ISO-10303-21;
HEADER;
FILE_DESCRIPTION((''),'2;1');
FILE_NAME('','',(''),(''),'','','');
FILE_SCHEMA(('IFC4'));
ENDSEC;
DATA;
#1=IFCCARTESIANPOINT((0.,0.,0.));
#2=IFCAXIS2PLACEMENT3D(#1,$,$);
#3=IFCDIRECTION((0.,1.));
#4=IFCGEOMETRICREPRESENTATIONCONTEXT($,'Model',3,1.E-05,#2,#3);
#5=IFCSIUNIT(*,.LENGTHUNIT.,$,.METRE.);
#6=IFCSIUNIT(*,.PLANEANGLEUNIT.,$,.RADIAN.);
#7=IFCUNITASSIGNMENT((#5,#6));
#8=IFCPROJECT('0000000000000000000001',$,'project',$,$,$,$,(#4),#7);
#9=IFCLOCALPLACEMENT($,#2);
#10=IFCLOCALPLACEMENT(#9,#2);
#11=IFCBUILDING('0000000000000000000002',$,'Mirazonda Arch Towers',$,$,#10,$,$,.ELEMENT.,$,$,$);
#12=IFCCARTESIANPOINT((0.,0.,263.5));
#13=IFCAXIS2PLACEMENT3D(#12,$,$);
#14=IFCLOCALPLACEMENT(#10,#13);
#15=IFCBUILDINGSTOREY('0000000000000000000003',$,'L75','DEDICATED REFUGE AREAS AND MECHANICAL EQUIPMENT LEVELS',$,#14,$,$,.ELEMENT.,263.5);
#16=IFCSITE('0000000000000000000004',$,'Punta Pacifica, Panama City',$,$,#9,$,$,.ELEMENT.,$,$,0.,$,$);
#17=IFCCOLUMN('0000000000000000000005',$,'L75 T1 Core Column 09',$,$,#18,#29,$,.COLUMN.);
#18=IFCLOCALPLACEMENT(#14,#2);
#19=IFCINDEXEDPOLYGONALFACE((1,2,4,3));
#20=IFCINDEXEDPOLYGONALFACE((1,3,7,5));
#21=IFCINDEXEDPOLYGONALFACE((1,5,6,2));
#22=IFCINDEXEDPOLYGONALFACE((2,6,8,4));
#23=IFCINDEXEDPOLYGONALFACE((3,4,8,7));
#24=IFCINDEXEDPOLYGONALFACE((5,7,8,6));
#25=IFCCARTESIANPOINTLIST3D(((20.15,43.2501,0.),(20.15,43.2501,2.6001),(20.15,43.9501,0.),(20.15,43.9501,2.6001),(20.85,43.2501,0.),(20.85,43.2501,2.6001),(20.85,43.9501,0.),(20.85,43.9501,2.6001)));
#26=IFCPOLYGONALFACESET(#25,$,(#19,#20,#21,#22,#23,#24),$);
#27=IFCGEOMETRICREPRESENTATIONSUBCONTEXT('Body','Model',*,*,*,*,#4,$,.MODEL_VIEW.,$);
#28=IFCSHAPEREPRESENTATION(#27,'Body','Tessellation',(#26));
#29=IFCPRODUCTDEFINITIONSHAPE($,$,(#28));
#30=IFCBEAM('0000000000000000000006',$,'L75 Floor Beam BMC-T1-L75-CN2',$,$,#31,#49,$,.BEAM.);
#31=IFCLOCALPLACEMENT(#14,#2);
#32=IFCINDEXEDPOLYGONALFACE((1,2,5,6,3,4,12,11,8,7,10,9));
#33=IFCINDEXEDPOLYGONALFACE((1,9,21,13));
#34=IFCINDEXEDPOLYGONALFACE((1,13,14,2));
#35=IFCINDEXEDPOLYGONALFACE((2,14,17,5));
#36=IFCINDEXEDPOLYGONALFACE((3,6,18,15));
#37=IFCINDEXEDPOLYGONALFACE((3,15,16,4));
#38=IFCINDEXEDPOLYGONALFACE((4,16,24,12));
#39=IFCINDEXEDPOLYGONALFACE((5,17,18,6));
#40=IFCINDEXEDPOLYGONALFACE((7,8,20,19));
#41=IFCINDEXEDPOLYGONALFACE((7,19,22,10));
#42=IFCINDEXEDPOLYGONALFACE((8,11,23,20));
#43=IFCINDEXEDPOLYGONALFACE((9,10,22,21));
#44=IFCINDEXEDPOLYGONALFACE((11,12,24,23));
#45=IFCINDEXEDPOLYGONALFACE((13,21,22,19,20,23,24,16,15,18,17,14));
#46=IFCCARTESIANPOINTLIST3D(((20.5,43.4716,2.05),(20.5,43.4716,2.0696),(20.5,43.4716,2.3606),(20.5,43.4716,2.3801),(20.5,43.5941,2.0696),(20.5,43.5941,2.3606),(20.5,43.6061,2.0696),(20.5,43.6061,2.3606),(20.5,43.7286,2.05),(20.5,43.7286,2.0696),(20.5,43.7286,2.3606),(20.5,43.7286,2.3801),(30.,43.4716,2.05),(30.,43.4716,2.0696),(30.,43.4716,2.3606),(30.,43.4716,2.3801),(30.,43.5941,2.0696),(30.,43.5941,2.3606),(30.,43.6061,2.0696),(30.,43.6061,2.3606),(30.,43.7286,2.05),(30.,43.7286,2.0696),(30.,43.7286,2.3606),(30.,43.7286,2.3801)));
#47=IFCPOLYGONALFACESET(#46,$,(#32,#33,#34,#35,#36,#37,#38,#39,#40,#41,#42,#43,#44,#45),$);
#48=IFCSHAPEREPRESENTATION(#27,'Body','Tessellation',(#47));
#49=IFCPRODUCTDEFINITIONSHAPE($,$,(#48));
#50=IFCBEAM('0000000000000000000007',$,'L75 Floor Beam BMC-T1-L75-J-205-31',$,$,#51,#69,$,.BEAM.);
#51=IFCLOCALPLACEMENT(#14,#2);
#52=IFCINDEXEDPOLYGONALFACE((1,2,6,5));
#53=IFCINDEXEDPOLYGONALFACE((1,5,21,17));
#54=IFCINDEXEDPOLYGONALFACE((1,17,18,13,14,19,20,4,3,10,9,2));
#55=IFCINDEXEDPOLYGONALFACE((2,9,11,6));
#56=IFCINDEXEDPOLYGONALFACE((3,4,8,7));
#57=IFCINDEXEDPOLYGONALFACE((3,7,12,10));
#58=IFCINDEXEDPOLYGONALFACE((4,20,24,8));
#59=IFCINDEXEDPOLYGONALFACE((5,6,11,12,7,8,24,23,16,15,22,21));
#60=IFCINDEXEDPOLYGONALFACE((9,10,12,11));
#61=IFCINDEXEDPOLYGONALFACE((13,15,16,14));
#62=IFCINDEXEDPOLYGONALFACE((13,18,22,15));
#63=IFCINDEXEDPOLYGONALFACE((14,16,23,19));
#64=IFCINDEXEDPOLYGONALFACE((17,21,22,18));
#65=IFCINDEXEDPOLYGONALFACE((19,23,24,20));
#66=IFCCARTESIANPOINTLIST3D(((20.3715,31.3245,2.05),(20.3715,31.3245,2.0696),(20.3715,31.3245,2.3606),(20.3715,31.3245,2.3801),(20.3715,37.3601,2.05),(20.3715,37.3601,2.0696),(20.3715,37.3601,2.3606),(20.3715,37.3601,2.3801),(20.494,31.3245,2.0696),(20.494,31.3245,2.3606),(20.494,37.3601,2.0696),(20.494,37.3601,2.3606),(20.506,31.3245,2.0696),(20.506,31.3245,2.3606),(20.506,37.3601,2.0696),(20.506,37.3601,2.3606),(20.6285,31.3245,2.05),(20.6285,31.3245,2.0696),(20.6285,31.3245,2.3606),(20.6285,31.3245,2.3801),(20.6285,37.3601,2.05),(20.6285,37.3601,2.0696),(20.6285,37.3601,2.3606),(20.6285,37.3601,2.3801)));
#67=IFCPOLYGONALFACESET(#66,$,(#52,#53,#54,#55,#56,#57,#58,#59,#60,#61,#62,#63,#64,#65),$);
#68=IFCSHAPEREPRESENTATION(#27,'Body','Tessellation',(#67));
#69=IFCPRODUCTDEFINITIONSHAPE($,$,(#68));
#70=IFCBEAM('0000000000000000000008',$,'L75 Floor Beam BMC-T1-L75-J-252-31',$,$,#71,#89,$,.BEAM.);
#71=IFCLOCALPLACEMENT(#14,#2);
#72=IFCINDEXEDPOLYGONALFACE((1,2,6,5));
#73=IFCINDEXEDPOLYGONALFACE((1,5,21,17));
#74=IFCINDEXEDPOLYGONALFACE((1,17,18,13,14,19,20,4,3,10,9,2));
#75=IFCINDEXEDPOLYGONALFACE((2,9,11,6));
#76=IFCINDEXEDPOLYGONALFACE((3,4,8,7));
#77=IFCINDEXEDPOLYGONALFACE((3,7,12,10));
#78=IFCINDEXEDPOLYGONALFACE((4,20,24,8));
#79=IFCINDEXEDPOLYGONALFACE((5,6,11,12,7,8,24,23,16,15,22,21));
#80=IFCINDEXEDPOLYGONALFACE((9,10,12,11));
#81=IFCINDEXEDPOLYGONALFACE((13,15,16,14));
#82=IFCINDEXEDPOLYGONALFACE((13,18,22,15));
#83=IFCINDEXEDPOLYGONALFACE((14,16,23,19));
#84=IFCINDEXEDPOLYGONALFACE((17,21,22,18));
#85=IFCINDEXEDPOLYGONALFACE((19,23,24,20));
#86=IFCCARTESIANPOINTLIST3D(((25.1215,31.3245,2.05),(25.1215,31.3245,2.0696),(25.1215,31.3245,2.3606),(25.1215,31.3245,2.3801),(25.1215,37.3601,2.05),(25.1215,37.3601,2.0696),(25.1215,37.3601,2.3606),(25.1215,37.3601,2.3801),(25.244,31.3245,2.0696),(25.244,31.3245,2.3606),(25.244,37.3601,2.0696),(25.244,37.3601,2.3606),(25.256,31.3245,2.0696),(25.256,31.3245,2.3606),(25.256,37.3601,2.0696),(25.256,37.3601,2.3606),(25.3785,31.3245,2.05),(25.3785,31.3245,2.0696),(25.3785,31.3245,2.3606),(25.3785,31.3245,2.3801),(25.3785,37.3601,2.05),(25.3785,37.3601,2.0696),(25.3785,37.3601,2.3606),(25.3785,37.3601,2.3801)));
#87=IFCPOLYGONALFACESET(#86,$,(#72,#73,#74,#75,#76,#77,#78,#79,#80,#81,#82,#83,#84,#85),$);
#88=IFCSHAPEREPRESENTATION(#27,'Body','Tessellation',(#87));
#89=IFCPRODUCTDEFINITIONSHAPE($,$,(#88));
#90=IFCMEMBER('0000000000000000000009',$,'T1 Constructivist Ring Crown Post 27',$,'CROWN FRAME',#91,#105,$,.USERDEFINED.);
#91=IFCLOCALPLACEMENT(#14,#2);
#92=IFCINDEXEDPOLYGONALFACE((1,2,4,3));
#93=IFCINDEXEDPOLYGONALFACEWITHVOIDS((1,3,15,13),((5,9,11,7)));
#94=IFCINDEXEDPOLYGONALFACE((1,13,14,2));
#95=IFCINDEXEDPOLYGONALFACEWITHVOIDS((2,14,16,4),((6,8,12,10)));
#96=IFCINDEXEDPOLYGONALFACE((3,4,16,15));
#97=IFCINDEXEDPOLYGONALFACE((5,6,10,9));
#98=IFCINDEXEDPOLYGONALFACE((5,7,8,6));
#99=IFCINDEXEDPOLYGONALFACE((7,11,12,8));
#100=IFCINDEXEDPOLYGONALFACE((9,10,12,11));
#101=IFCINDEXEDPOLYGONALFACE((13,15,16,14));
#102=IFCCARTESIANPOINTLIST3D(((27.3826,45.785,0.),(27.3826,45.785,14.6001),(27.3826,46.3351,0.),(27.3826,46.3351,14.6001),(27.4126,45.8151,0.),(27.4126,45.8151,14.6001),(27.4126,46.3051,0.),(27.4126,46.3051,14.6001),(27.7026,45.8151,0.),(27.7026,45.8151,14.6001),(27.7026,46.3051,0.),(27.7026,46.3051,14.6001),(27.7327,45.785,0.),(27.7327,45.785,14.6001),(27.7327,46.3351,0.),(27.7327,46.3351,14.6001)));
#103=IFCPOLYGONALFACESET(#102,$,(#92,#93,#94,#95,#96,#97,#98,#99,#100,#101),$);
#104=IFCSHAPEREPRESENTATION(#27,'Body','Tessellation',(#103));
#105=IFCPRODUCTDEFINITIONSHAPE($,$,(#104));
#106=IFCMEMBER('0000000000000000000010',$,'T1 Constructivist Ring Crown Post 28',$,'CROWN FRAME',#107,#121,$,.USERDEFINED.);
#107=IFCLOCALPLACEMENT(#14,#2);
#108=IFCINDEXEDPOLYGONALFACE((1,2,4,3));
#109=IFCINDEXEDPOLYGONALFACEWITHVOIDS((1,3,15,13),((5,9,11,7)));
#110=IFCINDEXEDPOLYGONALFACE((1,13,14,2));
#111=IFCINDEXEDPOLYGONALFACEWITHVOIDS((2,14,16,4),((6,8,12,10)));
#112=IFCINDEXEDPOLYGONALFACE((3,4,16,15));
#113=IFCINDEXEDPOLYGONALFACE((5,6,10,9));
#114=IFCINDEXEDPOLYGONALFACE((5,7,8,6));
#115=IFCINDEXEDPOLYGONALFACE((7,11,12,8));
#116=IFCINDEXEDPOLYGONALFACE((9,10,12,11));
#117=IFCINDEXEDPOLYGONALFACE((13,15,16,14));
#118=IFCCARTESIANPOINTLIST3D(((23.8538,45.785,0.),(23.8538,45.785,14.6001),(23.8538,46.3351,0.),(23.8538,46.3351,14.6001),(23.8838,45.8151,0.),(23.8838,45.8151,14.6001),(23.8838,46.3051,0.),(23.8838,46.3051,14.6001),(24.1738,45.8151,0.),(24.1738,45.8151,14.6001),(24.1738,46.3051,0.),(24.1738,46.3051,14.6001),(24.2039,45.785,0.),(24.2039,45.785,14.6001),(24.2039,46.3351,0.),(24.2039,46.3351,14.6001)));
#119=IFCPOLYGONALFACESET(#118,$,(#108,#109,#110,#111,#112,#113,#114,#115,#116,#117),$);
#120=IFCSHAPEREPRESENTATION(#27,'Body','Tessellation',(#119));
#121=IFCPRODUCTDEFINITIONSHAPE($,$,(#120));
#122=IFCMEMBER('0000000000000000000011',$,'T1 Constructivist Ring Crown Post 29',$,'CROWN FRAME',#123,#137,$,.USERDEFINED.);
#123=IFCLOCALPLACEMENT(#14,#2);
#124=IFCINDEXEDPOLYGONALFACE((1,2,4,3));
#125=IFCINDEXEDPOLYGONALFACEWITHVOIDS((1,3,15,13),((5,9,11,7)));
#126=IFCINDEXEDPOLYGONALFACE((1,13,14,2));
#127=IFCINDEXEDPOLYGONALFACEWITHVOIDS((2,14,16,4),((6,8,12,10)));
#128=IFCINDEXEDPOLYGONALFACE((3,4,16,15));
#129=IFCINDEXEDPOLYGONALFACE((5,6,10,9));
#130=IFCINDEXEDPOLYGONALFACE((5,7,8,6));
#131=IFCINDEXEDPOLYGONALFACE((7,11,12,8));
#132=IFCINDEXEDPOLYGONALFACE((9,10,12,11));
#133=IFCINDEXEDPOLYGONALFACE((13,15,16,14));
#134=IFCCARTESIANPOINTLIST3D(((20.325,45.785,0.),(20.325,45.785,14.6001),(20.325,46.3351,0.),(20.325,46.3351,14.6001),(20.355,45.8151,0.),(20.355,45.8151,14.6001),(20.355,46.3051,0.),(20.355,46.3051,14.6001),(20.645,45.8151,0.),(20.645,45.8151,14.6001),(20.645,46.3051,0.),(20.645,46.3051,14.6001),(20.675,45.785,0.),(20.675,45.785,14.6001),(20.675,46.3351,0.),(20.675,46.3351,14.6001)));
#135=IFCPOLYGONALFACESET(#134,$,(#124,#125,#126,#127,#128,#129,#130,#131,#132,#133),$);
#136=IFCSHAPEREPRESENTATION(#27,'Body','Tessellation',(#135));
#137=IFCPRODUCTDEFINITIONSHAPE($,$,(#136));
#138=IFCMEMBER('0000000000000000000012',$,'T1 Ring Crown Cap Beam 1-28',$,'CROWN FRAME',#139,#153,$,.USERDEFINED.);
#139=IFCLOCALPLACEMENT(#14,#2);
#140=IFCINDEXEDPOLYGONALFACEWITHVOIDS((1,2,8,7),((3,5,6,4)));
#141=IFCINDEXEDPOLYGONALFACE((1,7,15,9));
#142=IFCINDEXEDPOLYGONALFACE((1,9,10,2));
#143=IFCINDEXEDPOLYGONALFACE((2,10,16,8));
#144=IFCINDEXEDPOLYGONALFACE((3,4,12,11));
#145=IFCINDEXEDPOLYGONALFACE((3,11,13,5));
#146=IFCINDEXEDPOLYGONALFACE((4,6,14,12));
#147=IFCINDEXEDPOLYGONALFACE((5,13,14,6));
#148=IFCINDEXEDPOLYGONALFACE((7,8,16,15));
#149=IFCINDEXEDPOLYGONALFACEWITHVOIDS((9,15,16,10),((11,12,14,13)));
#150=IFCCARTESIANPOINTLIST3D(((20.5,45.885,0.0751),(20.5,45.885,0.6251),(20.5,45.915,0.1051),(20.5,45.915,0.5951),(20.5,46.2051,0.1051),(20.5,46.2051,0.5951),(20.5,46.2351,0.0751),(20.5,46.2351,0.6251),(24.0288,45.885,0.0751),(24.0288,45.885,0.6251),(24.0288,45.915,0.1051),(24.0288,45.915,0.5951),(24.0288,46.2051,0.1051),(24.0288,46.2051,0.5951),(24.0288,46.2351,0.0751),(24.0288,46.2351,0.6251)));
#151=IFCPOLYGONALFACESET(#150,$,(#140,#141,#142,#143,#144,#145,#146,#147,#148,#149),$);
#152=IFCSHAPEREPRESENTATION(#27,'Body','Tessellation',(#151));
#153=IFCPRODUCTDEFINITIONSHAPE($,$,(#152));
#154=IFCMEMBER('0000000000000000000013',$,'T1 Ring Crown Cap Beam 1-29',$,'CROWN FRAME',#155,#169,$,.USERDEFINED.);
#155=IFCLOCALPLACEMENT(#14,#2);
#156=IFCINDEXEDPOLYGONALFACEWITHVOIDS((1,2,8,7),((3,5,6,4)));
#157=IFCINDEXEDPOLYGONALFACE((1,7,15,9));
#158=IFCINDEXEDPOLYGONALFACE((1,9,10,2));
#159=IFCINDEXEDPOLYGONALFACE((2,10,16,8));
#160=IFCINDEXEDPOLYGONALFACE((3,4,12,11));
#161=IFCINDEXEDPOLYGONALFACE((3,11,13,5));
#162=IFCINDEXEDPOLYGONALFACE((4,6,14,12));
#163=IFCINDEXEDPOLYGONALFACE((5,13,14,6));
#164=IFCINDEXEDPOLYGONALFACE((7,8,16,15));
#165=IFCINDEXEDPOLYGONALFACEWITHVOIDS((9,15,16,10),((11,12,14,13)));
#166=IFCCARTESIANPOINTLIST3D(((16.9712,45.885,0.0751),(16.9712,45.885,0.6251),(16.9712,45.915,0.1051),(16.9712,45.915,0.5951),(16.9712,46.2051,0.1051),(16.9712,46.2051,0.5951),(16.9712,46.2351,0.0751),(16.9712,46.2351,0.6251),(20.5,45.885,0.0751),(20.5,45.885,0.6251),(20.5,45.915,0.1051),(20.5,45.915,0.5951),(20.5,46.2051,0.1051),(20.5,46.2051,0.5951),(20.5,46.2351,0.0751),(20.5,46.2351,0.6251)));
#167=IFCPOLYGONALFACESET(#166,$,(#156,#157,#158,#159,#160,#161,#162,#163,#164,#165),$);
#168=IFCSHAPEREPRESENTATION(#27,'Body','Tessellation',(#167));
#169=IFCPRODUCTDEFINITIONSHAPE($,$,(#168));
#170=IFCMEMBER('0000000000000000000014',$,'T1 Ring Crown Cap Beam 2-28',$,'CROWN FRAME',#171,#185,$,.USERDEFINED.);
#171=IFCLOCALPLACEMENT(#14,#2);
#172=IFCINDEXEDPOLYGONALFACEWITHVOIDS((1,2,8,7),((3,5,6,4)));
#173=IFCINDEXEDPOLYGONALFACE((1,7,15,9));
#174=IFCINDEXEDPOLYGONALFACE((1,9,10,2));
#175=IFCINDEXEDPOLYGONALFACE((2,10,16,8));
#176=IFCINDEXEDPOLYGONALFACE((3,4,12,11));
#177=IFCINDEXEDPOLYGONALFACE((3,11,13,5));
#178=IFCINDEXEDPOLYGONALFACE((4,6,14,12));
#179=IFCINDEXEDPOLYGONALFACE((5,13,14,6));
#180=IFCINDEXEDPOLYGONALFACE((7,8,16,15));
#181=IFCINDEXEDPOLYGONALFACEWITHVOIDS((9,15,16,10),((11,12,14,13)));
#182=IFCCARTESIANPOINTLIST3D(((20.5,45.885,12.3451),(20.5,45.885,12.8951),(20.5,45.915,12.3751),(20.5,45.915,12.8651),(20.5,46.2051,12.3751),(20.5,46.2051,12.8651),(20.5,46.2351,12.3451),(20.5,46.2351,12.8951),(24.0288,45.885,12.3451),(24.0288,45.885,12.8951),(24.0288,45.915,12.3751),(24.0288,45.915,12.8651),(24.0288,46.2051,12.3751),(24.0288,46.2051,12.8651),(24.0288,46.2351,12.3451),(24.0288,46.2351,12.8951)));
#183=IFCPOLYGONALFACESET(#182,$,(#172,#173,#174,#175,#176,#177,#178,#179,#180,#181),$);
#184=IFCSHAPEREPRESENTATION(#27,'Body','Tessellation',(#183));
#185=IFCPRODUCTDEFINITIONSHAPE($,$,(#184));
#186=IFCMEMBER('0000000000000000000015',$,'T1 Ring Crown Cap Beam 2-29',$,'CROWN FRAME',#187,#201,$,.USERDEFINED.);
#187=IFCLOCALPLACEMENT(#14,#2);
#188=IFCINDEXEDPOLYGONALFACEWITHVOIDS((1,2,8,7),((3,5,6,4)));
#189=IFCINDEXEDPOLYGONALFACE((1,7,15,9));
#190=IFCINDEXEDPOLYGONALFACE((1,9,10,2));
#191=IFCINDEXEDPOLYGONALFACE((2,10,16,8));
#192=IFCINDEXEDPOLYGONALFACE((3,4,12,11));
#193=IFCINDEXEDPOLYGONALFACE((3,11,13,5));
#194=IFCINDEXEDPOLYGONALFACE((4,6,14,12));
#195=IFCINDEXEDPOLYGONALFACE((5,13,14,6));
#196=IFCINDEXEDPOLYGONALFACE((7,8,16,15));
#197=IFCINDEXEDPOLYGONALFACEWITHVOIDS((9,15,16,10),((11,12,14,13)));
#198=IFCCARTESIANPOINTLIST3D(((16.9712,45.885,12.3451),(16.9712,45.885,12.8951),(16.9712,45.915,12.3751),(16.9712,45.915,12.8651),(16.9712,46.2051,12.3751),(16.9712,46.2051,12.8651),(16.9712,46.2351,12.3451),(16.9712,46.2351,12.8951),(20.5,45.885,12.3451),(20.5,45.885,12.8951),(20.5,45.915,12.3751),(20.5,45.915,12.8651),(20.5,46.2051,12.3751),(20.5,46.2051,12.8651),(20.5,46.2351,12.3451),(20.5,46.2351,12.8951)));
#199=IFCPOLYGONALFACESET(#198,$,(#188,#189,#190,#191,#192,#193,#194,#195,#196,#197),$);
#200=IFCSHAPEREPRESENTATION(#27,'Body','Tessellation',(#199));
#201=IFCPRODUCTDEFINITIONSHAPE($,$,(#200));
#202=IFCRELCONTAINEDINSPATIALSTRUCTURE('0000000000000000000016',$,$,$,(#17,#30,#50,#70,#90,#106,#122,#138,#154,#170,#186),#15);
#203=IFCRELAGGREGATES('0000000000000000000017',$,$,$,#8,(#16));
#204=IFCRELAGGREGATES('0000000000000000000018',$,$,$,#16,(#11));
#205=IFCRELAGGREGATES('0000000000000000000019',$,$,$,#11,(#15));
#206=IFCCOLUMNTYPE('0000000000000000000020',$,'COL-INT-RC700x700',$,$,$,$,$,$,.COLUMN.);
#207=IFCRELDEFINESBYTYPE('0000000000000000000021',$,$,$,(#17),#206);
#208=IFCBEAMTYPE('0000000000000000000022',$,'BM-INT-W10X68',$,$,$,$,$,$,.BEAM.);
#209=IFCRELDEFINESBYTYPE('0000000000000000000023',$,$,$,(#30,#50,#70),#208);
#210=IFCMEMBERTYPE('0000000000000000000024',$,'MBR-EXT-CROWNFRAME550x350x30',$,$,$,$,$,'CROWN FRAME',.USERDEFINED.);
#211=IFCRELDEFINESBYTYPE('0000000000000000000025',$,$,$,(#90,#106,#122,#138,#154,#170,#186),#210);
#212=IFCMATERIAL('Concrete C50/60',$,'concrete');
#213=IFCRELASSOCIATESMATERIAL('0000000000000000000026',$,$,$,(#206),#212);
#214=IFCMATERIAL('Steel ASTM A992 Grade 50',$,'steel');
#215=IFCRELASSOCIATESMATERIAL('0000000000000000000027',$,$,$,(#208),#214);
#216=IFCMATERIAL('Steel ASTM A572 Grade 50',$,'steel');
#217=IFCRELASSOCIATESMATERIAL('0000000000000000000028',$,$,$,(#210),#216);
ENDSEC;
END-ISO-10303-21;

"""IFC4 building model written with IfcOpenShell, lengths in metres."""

from ifc_helpers import new_model, si_unit, direction, frame, origin, origin_2d, place, context, subcontext, project, spatial, rectangle, hollow_rectangle, i_section, extrude, material, material_profile, profile_set, type_object, element, save


model = new_model("IFC4")

# Units and contexts
model_context = context("Model", 3, precision=1e-05, world=origin(), true_north=direction((0.0, 1.0)))
body_context = subcontext(model_context, "Body", "Model", "MODEL_VIEW")
ifc_project = project(units=[si_unit("LENGTHUNIT", "METRE"), si_unit("PLANEANGLEUNIT", "RADIAN")], contexts=[model_context])

# Site, building, storey
site_placement = place(None, origin())
site = spatial("IfcSite", under=ifc_project, at=site_placement, Name="Punta Pacifica, Panama City", CompositionType="ELEMENT", RefElevation=0.0)
building_placement = place(site_placement, origin())
building = spatial("IfcBuilding", under=site, at=building_placement, Name="Mirazonda Arch Towers", CompositionType="ELEMENT")
storey_placement = place(building_placement, frame((0.0, 0.0, 263.5)))
storey = spatial("IfcBuildingStorey", under=building, at=storey_placement, Name="L75", Description="DEDICATED REFUGE AREAS AND MECHANICAL EQUIPMENT LEVELS", CompositionType="ELEMENT", Elevation=263.5)

# Column
ifc_material_1 = material(Name="Concrete C50/60", Category="concrete")
ifc_material_profile_1 = material_profile(ifc_material_1, rectangle(XDim=0.7, YDim=0.7, at=origin_2d()), Name="RC700x700")
ifc_profile_set_1 = profile_set([ifc_material_profile_1], Name="Concrete C50/60")
column_type = type_object("IfcColumnType", Name="COL-INT-RC700x700", PredefinedType="COLUMN", material=ifc_profile_set_1)
column_placement = place(storey_placement, frame((20.5, 43.6001, 0.0), z_axis=(0.0, 0.0, 1.0), x_axis=(1.0, 0.0, 0.0)))
element("IfcColumn", 1, at=column_placement, inside=storey, type_object=column_type, Name="L75 T1 Core Column 09", PredefinedType="COLUMN", context=body_context, shape_type="SweptSolid", body=[
    extrude(rectangle(XDim=0.7, YDim=0.7, at=origin_2d()), origin(), (0.0, 0.0, 1.0), 2.6001),
])

# Beams
ifc_material_2 = material(Name="Steel ASTM A992 Grade 50", Category="steel")
ifc_material_profile_2 = material_profile(ifc_material_2, i_section(OverallWidth=0.2571, OverallDepth=0.3301, WebThickness=0.012, FlangeThickness=0.0195, at=origin_2d()), Name="W10X68")
ifc_profile_set_2 = profile_set([ifc_material_profile_2], Name="Steel ASTM A992 Grade 50")
beam_type = type_object("IfcBeamType", Name="BM-INT-W10X68", PredefinedType="BEAM", material=ifc_profile_set_2)
beam_placement = place(storey_placement, frame((20.5, 43.6001, 2.2151), z_axis=(1.0, 0.0, 0.0), x_axis=(0.0, 1.0, 0.0)))
element("IfcBeam", 2, at=beam_placement, inside=storey, type_object=beam_type, Name="L75 Floor Beam BMC-T1-L75-CN2", PredefinedType="BEAM", context=body_context, shape_type="SweptSolid", body=[
    extrude(i_section(OverallWidth=0.2571, OverallDepth=0.3301, WebThickness=0.012, FlangeThickness=0.0195, at=origin_2d()), origin(), (0.0, 0.0, 1.0), 9.5),
])
for number, where, z_axis, x_axis, name in (
    (3, (20.5, 31.3245, 2.2151), (0.0, 1.0, 0.0), (-1.0, 0.0, 0.0), "L75 Floor Beam BMC-T1-L75-J-205-31"),
    (4, (25.25, 31.3245, 2.2151), (0.0, 1.0, 0.0), (-1.0, 0.0, 0.0), "L75 Floor Beam BMC-T1-L75-J-252-31"),
):
    element("IfcBeam", number, at=place(storey_placement, frame(where, z_axis=z_axis, x_axis=x_axis)), inside=storey, type_object=beam_type, Name=name, PredefinedType="BEAM", context=body_context, shape_type="SweptSolid", body=[
        extrude(i_section(OverallWidth=0.2571, OverallDepth=0.3301, WebThickness=0.012, FlangeThickness=0.0195, at=origin_2d()), origin(), (0.0, 0.0, 1.0), 6.0356),
    ])

# Members
ifc_material_3 = material(Name="Steel ASTM A572 Grade 50", Category="steel")
ifc_material_profile_3 = material_profile(ifc_material_3, hollow_rectangle(XDim=0.3501, YDim=0.55, WallThickness=0.03, at=origin_2d()), Name="CROWNFRAME550x350x30")
ifc_profile_set_3 = profile_set([ifc_material_profile_3], Name="Steel ASTM A572 Grade 50")
member_type = type_object("IfcMemberType", Name="MBR-EXT-CROWNFRAME550x350x30", ElementType="CROWN FRAME", PredefinedType="USERDEFINED", material=ifc_profile_set_3)
for number, where, z_axis, x_axis, name in (
    (5, (27.5576, 46.0601, 0.0), (0.0, 0.0, 1.0), (1.0, 0.0, 0.0), "T1 Constructivist Ring Crown Post 27"),
    (6, (24.0288, 46.0601, 0.0), (0.0, 0.0, 1.0), (1.0, 0.0, 0.0), "T1 Constructivist Ring Crown Post 28"),
    (7, (20.5, 46.0601, 0.0), (0.0, 0.0, 1.0), (1.0, 0.0, 0.0), "T1 Constructivist Ring Crown Post 29"),
):
    element("IfcMember", number, at=place(storey_placement, frame(where, z_axis=z_axis, x_axis=x_axis)), inside=storey, type_object=member_type, Name=name, ObjectType="CROWN FRAME", PredefinedType="USERDEFINED", context=body_context, shape_type="SweptSolid", body=[
        extrude(hollow_rectangle(XDim=0.3501, YDim=0.55, WallThickness=0.03, at=origin_2d()), origin(), (0.0, 0.0, 1.0), 14.6001),
    ])
for number, where, z_axis, x_axis, name in (
    (8, (24.0288, 46.0601, 0.3501), (-1.0, 0.0, 0.0), (0.0, -1.0, 0.0), "T1 Ring Crown Cap Beam 1-28"),
    (9, (20.5, 46.0601, 0.3501), (-1.0, 0.0, 0.0), (0.0, -1.0, 0.0), "T1 Ring Crown Cap Beam 1-29"),
    (10, (24.0288, 46.0601, 12.6201), (-1.0, 0.0, 0.0), (0.0, -1.0, 0.0), "T1 Ring Crown Cap Beam 2-28"),
    (11, (20.5, 46.0601, 12.6201), (-1.0, 0.0, 0.0), (0.0, -1.0, 0.0), "T1 Ring Crown Cap Beam 2-29"),
):
    element("IfcMember", number, at=place(storey_placement, frame(where, z_axis=z_axis, x_axis=x_axis)), inside=storey, type_object=member_type, Name=name, ObjectType="CROWN FRAME", PredefinedType="USERDEFINED", context=body_context, shape_type="SweptSolid", body=[
        extrude(hollow_rectangle(XDim=0.3501, YDim=0.55, WallThickness=0.03, at=origin_2d()), origin(), (0.0, 0.0, 1.0), 3.5288),
    ])

save(model, "model.ifc")
